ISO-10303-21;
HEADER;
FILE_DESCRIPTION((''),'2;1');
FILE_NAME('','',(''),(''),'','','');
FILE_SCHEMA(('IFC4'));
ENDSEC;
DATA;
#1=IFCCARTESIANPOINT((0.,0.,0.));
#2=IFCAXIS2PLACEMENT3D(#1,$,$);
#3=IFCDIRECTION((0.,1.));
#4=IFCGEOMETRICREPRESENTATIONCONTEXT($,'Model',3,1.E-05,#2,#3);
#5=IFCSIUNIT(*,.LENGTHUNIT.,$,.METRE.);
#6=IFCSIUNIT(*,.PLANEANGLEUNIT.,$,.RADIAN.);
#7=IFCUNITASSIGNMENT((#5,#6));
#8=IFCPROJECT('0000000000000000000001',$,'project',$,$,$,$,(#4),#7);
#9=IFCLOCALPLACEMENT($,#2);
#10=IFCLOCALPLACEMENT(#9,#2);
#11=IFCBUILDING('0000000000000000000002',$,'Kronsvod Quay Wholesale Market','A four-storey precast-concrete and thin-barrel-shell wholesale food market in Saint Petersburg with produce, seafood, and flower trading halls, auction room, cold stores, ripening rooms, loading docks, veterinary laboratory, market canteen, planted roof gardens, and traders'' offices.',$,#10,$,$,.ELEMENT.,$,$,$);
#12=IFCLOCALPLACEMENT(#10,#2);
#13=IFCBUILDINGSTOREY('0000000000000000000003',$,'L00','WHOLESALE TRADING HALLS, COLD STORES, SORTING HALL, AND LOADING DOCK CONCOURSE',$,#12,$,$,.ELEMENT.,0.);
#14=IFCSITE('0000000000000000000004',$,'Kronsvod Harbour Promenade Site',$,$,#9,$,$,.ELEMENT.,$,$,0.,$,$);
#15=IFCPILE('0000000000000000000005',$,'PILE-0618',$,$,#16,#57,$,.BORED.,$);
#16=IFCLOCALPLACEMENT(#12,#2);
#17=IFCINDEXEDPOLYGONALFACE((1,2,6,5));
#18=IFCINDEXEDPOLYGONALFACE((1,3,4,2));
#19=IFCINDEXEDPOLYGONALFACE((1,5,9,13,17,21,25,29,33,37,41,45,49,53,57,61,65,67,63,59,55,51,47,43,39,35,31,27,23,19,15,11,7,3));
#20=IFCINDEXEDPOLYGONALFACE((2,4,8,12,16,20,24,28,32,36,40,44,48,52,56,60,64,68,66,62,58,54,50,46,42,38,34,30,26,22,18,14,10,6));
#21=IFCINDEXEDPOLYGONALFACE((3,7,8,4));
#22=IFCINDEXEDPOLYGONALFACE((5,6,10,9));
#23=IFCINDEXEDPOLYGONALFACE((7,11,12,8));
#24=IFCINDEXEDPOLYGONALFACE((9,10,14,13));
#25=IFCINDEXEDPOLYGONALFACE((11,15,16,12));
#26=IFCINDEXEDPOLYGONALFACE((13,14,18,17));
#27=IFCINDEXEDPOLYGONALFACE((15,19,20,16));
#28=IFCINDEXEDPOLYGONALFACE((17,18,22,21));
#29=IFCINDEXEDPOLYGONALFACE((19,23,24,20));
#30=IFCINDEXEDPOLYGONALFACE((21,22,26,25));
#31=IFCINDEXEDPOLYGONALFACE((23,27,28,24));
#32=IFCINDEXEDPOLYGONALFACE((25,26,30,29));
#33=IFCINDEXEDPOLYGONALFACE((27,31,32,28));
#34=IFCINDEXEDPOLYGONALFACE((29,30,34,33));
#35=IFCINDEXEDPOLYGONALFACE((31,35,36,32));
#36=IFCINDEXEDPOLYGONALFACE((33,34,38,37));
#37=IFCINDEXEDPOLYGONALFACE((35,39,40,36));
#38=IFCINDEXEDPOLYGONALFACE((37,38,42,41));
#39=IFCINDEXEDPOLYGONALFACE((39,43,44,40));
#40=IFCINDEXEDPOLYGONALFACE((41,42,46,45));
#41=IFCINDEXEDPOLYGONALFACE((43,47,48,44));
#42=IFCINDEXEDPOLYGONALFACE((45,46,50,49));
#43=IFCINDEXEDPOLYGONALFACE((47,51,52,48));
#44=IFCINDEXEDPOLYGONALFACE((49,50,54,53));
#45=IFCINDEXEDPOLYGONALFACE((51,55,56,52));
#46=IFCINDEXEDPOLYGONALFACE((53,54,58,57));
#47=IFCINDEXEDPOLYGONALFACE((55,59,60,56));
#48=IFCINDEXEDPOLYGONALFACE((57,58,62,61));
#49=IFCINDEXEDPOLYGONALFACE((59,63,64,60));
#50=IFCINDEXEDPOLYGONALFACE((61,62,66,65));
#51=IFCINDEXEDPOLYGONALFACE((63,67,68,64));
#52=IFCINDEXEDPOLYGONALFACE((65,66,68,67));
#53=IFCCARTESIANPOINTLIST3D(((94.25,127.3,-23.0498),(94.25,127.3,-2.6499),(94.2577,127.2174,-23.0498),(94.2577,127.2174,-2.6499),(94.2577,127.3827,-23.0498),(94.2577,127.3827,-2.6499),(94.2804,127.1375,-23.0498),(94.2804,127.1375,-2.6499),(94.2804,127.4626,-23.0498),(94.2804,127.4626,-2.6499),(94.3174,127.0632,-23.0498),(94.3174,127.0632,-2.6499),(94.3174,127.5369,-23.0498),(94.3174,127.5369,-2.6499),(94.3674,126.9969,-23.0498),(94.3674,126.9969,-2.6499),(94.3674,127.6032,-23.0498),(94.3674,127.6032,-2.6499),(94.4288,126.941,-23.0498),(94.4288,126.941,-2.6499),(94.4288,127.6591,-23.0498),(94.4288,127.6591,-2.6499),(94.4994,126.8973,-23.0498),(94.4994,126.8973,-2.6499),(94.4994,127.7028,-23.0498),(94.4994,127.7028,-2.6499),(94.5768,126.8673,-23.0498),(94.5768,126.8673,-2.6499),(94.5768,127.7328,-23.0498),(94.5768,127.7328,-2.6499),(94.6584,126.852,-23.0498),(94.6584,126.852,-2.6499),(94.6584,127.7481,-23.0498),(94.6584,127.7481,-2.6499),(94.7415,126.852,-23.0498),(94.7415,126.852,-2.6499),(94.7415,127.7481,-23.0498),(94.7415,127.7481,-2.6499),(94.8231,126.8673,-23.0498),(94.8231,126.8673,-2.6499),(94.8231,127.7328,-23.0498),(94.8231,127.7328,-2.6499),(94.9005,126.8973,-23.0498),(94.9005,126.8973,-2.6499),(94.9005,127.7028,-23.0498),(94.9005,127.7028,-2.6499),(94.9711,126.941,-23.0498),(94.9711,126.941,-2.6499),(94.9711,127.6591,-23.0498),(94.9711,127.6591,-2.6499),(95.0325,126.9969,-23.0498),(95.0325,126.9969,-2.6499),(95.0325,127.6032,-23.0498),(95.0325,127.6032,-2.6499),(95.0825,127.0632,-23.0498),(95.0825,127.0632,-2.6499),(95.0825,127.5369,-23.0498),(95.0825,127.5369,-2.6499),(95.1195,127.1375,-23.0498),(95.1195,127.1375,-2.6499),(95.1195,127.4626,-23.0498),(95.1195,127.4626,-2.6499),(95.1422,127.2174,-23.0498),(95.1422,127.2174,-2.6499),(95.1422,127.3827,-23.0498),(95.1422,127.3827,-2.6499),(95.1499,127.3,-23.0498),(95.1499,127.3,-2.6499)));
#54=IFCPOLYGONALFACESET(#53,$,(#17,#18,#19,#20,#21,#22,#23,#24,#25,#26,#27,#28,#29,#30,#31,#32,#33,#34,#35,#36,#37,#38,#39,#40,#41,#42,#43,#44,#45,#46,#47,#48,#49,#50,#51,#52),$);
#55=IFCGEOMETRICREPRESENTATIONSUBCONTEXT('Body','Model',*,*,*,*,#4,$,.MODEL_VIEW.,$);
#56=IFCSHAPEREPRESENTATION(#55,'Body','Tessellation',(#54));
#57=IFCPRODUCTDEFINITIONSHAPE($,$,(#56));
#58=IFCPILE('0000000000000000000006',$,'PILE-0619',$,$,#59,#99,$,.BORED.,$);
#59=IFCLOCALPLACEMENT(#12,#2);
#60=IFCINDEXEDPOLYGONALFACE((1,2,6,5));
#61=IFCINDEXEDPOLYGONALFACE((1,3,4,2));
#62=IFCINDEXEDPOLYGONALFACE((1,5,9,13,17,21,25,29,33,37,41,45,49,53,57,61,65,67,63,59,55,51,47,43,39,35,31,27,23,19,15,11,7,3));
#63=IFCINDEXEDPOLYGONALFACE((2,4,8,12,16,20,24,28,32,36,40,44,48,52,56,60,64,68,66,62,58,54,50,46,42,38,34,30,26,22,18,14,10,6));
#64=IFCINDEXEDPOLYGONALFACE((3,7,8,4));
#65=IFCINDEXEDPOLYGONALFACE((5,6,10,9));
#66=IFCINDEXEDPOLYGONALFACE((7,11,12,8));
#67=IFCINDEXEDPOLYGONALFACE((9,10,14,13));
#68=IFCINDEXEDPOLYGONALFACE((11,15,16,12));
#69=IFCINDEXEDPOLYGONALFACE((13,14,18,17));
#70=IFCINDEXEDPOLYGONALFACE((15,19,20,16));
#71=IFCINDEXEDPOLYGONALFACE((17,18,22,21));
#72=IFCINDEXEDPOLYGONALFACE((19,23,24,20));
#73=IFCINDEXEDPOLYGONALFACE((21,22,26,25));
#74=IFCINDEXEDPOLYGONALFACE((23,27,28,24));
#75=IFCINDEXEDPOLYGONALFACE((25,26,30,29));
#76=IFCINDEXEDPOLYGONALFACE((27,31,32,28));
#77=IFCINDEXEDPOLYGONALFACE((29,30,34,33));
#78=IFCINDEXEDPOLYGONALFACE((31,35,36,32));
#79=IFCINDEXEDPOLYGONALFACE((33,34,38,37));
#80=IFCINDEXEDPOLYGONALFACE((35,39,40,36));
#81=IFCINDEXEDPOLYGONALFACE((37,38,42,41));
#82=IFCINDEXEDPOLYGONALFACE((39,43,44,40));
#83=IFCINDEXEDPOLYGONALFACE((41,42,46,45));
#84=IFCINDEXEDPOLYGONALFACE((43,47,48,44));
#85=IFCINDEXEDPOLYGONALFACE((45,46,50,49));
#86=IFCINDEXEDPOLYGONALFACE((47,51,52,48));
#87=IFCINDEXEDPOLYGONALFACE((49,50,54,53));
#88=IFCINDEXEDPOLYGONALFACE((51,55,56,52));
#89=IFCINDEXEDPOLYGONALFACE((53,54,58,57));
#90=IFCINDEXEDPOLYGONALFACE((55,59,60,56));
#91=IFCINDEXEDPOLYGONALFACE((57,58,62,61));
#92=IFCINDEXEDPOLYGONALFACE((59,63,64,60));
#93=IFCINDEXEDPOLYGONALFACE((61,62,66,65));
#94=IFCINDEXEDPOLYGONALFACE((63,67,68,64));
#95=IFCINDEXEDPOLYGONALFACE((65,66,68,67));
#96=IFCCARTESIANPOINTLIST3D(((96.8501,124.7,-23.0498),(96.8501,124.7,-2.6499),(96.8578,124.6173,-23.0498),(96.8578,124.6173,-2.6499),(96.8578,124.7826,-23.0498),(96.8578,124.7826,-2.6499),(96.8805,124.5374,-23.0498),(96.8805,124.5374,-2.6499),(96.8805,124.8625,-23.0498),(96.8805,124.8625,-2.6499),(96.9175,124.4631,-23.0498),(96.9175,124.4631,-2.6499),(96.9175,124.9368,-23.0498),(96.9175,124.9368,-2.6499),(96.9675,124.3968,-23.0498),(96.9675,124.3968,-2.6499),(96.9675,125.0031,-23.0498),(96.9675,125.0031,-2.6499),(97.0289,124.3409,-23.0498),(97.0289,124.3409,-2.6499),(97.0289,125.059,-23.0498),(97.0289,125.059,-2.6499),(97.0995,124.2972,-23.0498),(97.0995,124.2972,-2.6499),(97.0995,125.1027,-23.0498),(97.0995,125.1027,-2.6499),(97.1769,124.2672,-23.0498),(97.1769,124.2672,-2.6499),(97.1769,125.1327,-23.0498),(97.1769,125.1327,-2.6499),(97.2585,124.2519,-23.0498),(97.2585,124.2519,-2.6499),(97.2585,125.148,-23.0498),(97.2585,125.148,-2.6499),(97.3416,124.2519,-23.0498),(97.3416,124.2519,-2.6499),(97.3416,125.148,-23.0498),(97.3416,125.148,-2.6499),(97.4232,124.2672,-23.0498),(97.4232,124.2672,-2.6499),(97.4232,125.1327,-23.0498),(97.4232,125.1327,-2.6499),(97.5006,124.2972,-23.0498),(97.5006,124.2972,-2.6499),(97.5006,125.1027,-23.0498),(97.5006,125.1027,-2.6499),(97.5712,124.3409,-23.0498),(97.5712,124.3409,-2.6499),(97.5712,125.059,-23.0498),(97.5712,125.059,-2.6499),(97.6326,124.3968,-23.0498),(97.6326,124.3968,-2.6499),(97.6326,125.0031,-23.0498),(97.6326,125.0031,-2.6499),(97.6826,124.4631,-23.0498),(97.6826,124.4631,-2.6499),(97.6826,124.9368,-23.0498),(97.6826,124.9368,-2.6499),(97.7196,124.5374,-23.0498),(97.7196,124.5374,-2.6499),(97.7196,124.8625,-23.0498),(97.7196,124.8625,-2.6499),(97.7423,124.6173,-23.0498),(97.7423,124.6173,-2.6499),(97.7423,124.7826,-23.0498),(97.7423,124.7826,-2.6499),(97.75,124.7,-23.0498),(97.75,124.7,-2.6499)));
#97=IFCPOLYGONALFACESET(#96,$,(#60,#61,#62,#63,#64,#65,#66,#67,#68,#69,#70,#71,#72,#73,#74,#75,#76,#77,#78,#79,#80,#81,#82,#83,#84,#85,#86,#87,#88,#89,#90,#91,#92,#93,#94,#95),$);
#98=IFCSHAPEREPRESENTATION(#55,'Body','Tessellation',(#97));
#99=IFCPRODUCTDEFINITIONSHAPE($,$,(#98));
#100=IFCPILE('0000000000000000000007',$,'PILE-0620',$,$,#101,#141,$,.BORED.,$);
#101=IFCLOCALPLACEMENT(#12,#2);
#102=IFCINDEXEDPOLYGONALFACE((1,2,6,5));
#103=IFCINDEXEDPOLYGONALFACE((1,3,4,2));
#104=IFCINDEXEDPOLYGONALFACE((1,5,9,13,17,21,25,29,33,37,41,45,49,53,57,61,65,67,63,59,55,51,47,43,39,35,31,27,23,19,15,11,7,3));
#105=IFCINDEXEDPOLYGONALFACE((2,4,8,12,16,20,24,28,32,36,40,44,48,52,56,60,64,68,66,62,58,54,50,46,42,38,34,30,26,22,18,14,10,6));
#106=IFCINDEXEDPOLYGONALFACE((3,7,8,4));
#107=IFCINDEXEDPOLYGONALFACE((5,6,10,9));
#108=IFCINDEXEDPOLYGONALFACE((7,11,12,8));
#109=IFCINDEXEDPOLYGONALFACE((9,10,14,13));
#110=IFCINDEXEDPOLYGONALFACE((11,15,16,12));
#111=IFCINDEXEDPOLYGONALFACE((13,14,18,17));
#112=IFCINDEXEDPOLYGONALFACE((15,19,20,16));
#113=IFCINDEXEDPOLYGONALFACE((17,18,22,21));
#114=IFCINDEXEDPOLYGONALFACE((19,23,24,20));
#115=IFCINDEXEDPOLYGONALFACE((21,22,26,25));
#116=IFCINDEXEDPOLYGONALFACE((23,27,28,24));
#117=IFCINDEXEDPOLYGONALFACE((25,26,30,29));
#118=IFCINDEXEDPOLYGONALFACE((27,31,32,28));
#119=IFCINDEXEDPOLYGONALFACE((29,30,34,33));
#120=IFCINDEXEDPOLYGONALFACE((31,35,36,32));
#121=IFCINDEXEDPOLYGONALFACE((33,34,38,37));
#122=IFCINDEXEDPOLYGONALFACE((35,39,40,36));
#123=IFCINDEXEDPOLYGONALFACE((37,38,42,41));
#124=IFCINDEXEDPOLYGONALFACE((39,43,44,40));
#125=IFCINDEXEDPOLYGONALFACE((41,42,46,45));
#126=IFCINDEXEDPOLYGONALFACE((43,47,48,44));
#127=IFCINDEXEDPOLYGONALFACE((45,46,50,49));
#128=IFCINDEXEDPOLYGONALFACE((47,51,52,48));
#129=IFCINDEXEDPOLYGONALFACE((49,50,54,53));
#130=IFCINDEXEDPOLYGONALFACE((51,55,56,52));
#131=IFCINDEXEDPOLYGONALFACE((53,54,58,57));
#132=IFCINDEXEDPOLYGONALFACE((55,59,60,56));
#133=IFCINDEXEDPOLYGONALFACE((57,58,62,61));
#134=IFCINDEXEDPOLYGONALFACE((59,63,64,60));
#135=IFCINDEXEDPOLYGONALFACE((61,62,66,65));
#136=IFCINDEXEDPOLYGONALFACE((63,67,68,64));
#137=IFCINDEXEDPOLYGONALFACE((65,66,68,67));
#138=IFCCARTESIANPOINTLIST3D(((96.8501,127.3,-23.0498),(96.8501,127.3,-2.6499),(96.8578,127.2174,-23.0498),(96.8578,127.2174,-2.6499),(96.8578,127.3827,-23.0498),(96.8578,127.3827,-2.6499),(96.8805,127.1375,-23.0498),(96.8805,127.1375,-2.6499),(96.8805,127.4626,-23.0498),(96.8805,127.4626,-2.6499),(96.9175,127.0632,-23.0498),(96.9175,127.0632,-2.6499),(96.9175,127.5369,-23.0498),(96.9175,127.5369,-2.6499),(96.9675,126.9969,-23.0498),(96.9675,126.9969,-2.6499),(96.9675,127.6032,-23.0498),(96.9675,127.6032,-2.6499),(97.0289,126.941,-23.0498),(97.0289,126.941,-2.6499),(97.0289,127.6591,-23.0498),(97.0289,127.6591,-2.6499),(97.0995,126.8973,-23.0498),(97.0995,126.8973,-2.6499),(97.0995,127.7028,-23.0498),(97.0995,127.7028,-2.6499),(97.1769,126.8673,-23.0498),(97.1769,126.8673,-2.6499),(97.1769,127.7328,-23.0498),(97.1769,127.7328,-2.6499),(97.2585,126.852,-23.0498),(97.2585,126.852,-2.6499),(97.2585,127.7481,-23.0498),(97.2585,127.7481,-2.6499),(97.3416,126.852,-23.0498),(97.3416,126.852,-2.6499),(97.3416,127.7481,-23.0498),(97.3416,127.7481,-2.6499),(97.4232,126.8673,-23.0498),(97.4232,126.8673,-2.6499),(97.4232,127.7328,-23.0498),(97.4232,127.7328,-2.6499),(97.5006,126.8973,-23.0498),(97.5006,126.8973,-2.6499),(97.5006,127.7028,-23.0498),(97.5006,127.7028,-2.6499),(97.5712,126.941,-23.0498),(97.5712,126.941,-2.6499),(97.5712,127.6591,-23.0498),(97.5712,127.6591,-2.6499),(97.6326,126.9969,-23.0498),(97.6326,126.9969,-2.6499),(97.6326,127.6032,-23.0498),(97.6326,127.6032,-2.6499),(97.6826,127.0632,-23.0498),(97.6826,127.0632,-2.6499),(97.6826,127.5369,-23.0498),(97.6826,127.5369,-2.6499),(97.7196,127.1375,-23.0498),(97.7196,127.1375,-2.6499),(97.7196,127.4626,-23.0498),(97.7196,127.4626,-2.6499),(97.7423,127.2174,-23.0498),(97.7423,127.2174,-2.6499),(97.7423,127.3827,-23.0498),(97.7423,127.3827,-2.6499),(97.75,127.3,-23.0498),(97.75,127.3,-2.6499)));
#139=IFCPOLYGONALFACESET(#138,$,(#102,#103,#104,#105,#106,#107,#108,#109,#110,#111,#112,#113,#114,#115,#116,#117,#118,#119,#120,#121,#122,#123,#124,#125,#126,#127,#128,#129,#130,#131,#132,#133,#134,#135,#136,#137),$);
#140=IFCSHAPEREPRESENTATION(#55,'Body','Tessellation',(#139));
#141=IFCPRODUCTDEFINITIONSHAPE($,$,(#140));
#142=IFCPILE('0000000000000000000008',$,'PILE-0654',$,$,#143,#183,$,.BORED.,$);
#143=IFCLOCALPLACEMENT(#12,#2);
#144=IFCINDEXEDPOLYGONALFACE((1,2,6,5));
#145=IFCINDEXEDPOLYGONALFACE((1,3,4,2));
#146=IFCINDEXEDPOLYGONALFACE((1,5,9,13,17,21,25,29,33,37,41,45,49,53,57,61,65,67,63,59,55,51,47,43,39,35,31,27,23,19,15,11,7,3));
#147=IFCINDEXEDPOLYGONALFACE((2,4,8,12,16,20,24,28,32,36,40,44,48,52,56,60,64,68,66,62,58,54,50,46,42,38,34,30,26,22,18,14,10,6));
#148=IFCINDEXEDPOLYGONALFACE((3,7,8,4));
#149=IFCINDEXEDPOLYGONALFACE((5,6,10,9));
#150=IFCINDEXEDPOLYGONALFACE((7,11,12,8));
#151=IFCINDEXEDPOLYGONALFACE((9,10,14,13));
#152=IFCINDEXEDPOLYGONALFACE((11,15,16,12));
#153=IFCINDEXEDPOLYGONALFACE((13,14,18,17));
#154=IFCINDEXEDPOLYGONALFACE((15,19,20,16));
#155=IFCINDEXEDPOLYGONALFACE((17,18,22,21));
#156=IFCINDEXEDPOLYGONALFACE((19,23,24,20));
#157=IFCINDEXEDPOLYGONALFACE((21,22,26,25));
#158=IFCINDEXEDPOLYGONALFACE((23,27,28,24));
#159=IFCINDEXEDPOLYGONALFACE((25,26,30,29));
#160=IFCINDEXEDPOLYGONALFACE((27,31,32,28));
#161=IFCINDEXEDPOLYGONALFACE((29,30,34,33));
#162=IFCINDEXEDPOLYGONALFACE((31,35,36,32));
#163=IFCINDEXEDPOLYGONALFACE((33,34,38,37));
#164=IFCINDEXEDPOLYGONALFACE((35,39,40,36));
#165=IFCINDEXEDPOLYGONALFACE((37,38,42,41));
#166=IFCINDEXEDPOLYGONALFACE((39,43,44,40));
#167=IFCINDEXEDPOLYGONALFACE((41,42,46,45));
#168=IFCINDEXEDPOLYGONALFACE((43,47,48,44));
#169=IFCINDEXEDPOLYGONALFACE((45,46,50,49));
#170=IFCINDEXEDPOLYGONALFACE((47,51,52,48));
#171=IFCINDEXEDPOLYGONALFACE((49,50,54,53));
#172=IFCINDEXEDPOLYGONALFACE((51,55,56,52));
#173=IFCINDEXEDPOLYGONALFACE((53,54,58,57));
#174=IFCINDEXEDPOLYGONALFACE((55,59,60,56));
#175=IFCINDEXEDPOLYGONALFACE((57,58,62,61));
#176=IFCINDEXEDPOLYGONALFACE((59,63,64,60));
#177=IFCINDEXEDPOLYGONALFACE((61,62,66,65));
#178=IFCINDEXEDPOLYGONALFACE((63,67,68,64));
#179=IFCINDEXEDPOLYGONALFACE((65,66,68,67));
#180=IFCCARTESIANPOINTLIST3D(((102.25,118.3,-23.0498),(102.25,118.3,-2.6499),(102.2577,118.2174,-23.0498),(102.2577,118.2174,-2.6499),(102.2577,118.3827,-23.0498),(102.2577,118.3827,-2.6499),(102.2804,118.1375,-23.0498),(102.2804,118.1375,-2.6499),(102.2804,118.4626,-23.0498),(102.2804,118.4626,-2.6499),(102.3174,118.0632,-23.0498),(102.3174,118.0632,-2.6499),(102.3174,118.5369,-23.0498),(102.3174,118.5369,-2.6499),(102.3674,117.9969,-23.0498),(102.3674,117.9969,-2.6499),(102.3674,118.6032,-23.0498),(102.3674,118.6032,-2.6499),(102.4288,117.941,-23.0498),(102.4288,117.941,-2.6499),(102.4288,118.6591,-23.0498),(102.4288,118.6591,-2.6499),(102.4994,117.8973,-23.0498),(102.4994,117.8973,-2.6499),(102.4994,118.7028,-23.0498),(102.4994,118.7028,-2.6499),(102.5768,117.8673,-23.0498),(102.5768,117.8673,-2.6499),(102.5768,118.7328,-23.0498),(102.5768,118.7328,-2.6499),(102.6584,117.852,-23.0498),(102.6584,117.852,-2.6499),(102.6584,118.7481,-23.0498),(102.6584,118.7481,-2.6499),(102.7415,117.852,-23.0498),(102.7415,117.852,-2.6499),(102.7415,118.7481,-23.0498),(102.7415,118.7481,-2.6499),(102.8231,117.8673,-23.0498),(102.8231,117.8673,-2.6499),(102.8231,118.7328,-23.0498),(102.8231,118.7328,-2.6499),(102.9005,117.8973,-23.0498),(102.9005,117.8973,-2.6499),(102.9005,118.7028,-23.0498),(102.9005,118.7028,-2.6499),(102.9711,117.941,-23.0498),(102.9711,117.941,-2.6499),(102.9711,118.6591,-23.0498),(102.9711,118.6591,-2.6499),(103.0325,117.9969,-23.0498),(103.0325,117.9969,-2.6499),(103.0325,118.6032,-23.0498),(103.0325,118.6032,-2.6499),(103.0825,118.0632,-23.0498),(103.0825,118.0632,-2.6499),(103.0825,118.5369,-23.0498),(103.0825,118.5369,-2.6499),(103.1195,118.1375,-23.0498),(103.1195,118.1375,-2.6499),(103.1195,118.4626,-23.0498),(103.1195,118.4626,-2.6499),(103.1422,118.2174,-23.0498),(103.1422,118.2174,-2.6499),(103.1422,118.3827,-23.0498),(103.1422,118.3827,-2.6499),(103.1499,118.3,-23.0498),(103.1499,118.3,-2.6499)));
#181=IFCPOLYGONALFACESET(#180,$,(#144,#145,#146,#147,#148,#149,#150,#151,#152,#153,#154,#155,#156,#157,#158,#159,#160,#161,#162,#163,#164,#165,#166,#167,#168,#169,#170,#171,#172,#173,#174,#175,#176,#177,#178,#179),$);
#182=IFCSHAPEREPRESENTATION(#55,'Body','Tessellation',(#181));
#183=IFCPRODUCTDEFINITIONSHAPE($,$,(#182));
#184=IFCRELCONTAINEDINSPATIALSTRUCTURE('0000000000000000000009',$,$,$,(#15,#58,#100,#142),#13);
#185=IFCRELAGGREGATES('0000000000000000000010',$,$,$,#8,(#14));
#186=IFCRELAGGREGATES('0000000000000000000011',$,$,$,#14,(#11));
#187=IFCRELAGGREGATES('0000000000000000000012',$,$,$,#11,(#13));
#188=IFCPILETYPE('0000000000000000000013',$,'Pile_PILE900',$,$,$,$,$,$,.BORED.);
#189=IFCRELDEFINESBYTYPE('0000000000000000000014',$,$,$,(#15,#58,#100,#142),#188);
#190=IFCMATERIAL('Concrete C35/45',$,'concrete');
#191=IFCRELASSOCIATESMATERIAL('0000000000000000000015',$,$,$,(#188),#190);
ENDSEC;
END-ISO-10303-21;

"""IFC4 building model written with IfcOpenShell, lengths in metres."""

from ifc_helpers import new_model, si_unit, direction, frame, origin, origin_2d, place, context, subcontext, project, spatial, circle, extrude, material, material_profile, profile_set, type_object, element, save


model = new_model("IFC4")

# Units and contexts
model_context = context("Model", 3, precision=1e-05, world=origin(), true_north=direction((0.0, 1.0)))
body_context = subcontext(model_context, "Body", "Model", "MODEL_VIEW")
ifc_project = project(units=[si_unit("LENGTHUNIT", "METRE"), si_unit("PLANEANGLEUNIT", "RADIAN")], contexts=[model_context])

# Site, building, storey
site_placement = place(None, origin())
site = spatial("IfcSite", under=ifc_project, at=site_placement, Name="Kronsvod Harbour Promenade Site", CompositionType="ELEMENT", RefElevation=0.0)
building_placement = place(site_placement, origin())
building = spatial("IfcBuilding", under=site, at=building_placement, Name="Kronsvod Quay Wholesale Market", Description="A four-storey precast-concrete and thin-barrel-shell wholesale food market in Saint Petersburg with produce, seafood, and flower trading halls, auction room, cold stores, ripening rooms, loading docks, veterinary laboratory, market canteen, planted roof gardens, and traders' offices.", CompositionType="ELEMENT")
storey_placement = place(building_placement, origin())
storey = spatial("IfcBuildingStorey", under=building, at=storey_placement, Name="L00", Description="WHOLESALE TRADING HALLS, COLD STORES, SORTING HALL, AND LOADING DOCK CONCOURSE", CompositionType="ELEMENT", Elevation=0.0)

# Piles
ifc_material_1 = material(Name="Concrete C35/45", Category="concrete")
ifc_material_profile_1 = material_profile(ifc_material_1, circle(Radius=0.45, at=origin_2d()), Name="PILE900")
ifc_profile_set_1 = profile_set([ifc_material_profile_1], Name="Concrete C35/45")
pile_type = type_object("IfcPileType", Name="Pile_PILE900", PredefinedType="BORED", material=ifc_profile_set_1)
for number, where, z_axis, x_axis, name in (
    (1, (94.7, 127.3, -2.6499), (0.0, 0.0, -1.0), (1.0, 0.0, 0.0), "PILE-0618"),
    (2, (97.3, 124.7, -2.6499), (0.0, 0.0, -1.0), (1.0, 0.0, 0.0), "PILE-0619"),
    (3, (97.3, 127.3, -2.6499), (0.0, 0.0, -1.0), (1.0, 0.0, 0.0), "PILE-0620"),
    (4, (102.7, 118.3, -2.6499), (0.0, 0.0, -1.0), (1.0, 0.0, 0.0), "PILE-0654"),
):
    element("IfcPile", number, at=place(storey_placement, frame(where, z_axis=z_axis, x_axis=x_axis)), inside=storey, type_object=pile_type, Name=name, PredefinedType="BORED", context=body_context, shape_type="SweptSolid", body=[
        extrude(circle(Radius=0.45, at=origin_2d()), origin(), (0.0, 0.0, 1.0), 20.3999),
    ])

save(model, "model.ifc")
